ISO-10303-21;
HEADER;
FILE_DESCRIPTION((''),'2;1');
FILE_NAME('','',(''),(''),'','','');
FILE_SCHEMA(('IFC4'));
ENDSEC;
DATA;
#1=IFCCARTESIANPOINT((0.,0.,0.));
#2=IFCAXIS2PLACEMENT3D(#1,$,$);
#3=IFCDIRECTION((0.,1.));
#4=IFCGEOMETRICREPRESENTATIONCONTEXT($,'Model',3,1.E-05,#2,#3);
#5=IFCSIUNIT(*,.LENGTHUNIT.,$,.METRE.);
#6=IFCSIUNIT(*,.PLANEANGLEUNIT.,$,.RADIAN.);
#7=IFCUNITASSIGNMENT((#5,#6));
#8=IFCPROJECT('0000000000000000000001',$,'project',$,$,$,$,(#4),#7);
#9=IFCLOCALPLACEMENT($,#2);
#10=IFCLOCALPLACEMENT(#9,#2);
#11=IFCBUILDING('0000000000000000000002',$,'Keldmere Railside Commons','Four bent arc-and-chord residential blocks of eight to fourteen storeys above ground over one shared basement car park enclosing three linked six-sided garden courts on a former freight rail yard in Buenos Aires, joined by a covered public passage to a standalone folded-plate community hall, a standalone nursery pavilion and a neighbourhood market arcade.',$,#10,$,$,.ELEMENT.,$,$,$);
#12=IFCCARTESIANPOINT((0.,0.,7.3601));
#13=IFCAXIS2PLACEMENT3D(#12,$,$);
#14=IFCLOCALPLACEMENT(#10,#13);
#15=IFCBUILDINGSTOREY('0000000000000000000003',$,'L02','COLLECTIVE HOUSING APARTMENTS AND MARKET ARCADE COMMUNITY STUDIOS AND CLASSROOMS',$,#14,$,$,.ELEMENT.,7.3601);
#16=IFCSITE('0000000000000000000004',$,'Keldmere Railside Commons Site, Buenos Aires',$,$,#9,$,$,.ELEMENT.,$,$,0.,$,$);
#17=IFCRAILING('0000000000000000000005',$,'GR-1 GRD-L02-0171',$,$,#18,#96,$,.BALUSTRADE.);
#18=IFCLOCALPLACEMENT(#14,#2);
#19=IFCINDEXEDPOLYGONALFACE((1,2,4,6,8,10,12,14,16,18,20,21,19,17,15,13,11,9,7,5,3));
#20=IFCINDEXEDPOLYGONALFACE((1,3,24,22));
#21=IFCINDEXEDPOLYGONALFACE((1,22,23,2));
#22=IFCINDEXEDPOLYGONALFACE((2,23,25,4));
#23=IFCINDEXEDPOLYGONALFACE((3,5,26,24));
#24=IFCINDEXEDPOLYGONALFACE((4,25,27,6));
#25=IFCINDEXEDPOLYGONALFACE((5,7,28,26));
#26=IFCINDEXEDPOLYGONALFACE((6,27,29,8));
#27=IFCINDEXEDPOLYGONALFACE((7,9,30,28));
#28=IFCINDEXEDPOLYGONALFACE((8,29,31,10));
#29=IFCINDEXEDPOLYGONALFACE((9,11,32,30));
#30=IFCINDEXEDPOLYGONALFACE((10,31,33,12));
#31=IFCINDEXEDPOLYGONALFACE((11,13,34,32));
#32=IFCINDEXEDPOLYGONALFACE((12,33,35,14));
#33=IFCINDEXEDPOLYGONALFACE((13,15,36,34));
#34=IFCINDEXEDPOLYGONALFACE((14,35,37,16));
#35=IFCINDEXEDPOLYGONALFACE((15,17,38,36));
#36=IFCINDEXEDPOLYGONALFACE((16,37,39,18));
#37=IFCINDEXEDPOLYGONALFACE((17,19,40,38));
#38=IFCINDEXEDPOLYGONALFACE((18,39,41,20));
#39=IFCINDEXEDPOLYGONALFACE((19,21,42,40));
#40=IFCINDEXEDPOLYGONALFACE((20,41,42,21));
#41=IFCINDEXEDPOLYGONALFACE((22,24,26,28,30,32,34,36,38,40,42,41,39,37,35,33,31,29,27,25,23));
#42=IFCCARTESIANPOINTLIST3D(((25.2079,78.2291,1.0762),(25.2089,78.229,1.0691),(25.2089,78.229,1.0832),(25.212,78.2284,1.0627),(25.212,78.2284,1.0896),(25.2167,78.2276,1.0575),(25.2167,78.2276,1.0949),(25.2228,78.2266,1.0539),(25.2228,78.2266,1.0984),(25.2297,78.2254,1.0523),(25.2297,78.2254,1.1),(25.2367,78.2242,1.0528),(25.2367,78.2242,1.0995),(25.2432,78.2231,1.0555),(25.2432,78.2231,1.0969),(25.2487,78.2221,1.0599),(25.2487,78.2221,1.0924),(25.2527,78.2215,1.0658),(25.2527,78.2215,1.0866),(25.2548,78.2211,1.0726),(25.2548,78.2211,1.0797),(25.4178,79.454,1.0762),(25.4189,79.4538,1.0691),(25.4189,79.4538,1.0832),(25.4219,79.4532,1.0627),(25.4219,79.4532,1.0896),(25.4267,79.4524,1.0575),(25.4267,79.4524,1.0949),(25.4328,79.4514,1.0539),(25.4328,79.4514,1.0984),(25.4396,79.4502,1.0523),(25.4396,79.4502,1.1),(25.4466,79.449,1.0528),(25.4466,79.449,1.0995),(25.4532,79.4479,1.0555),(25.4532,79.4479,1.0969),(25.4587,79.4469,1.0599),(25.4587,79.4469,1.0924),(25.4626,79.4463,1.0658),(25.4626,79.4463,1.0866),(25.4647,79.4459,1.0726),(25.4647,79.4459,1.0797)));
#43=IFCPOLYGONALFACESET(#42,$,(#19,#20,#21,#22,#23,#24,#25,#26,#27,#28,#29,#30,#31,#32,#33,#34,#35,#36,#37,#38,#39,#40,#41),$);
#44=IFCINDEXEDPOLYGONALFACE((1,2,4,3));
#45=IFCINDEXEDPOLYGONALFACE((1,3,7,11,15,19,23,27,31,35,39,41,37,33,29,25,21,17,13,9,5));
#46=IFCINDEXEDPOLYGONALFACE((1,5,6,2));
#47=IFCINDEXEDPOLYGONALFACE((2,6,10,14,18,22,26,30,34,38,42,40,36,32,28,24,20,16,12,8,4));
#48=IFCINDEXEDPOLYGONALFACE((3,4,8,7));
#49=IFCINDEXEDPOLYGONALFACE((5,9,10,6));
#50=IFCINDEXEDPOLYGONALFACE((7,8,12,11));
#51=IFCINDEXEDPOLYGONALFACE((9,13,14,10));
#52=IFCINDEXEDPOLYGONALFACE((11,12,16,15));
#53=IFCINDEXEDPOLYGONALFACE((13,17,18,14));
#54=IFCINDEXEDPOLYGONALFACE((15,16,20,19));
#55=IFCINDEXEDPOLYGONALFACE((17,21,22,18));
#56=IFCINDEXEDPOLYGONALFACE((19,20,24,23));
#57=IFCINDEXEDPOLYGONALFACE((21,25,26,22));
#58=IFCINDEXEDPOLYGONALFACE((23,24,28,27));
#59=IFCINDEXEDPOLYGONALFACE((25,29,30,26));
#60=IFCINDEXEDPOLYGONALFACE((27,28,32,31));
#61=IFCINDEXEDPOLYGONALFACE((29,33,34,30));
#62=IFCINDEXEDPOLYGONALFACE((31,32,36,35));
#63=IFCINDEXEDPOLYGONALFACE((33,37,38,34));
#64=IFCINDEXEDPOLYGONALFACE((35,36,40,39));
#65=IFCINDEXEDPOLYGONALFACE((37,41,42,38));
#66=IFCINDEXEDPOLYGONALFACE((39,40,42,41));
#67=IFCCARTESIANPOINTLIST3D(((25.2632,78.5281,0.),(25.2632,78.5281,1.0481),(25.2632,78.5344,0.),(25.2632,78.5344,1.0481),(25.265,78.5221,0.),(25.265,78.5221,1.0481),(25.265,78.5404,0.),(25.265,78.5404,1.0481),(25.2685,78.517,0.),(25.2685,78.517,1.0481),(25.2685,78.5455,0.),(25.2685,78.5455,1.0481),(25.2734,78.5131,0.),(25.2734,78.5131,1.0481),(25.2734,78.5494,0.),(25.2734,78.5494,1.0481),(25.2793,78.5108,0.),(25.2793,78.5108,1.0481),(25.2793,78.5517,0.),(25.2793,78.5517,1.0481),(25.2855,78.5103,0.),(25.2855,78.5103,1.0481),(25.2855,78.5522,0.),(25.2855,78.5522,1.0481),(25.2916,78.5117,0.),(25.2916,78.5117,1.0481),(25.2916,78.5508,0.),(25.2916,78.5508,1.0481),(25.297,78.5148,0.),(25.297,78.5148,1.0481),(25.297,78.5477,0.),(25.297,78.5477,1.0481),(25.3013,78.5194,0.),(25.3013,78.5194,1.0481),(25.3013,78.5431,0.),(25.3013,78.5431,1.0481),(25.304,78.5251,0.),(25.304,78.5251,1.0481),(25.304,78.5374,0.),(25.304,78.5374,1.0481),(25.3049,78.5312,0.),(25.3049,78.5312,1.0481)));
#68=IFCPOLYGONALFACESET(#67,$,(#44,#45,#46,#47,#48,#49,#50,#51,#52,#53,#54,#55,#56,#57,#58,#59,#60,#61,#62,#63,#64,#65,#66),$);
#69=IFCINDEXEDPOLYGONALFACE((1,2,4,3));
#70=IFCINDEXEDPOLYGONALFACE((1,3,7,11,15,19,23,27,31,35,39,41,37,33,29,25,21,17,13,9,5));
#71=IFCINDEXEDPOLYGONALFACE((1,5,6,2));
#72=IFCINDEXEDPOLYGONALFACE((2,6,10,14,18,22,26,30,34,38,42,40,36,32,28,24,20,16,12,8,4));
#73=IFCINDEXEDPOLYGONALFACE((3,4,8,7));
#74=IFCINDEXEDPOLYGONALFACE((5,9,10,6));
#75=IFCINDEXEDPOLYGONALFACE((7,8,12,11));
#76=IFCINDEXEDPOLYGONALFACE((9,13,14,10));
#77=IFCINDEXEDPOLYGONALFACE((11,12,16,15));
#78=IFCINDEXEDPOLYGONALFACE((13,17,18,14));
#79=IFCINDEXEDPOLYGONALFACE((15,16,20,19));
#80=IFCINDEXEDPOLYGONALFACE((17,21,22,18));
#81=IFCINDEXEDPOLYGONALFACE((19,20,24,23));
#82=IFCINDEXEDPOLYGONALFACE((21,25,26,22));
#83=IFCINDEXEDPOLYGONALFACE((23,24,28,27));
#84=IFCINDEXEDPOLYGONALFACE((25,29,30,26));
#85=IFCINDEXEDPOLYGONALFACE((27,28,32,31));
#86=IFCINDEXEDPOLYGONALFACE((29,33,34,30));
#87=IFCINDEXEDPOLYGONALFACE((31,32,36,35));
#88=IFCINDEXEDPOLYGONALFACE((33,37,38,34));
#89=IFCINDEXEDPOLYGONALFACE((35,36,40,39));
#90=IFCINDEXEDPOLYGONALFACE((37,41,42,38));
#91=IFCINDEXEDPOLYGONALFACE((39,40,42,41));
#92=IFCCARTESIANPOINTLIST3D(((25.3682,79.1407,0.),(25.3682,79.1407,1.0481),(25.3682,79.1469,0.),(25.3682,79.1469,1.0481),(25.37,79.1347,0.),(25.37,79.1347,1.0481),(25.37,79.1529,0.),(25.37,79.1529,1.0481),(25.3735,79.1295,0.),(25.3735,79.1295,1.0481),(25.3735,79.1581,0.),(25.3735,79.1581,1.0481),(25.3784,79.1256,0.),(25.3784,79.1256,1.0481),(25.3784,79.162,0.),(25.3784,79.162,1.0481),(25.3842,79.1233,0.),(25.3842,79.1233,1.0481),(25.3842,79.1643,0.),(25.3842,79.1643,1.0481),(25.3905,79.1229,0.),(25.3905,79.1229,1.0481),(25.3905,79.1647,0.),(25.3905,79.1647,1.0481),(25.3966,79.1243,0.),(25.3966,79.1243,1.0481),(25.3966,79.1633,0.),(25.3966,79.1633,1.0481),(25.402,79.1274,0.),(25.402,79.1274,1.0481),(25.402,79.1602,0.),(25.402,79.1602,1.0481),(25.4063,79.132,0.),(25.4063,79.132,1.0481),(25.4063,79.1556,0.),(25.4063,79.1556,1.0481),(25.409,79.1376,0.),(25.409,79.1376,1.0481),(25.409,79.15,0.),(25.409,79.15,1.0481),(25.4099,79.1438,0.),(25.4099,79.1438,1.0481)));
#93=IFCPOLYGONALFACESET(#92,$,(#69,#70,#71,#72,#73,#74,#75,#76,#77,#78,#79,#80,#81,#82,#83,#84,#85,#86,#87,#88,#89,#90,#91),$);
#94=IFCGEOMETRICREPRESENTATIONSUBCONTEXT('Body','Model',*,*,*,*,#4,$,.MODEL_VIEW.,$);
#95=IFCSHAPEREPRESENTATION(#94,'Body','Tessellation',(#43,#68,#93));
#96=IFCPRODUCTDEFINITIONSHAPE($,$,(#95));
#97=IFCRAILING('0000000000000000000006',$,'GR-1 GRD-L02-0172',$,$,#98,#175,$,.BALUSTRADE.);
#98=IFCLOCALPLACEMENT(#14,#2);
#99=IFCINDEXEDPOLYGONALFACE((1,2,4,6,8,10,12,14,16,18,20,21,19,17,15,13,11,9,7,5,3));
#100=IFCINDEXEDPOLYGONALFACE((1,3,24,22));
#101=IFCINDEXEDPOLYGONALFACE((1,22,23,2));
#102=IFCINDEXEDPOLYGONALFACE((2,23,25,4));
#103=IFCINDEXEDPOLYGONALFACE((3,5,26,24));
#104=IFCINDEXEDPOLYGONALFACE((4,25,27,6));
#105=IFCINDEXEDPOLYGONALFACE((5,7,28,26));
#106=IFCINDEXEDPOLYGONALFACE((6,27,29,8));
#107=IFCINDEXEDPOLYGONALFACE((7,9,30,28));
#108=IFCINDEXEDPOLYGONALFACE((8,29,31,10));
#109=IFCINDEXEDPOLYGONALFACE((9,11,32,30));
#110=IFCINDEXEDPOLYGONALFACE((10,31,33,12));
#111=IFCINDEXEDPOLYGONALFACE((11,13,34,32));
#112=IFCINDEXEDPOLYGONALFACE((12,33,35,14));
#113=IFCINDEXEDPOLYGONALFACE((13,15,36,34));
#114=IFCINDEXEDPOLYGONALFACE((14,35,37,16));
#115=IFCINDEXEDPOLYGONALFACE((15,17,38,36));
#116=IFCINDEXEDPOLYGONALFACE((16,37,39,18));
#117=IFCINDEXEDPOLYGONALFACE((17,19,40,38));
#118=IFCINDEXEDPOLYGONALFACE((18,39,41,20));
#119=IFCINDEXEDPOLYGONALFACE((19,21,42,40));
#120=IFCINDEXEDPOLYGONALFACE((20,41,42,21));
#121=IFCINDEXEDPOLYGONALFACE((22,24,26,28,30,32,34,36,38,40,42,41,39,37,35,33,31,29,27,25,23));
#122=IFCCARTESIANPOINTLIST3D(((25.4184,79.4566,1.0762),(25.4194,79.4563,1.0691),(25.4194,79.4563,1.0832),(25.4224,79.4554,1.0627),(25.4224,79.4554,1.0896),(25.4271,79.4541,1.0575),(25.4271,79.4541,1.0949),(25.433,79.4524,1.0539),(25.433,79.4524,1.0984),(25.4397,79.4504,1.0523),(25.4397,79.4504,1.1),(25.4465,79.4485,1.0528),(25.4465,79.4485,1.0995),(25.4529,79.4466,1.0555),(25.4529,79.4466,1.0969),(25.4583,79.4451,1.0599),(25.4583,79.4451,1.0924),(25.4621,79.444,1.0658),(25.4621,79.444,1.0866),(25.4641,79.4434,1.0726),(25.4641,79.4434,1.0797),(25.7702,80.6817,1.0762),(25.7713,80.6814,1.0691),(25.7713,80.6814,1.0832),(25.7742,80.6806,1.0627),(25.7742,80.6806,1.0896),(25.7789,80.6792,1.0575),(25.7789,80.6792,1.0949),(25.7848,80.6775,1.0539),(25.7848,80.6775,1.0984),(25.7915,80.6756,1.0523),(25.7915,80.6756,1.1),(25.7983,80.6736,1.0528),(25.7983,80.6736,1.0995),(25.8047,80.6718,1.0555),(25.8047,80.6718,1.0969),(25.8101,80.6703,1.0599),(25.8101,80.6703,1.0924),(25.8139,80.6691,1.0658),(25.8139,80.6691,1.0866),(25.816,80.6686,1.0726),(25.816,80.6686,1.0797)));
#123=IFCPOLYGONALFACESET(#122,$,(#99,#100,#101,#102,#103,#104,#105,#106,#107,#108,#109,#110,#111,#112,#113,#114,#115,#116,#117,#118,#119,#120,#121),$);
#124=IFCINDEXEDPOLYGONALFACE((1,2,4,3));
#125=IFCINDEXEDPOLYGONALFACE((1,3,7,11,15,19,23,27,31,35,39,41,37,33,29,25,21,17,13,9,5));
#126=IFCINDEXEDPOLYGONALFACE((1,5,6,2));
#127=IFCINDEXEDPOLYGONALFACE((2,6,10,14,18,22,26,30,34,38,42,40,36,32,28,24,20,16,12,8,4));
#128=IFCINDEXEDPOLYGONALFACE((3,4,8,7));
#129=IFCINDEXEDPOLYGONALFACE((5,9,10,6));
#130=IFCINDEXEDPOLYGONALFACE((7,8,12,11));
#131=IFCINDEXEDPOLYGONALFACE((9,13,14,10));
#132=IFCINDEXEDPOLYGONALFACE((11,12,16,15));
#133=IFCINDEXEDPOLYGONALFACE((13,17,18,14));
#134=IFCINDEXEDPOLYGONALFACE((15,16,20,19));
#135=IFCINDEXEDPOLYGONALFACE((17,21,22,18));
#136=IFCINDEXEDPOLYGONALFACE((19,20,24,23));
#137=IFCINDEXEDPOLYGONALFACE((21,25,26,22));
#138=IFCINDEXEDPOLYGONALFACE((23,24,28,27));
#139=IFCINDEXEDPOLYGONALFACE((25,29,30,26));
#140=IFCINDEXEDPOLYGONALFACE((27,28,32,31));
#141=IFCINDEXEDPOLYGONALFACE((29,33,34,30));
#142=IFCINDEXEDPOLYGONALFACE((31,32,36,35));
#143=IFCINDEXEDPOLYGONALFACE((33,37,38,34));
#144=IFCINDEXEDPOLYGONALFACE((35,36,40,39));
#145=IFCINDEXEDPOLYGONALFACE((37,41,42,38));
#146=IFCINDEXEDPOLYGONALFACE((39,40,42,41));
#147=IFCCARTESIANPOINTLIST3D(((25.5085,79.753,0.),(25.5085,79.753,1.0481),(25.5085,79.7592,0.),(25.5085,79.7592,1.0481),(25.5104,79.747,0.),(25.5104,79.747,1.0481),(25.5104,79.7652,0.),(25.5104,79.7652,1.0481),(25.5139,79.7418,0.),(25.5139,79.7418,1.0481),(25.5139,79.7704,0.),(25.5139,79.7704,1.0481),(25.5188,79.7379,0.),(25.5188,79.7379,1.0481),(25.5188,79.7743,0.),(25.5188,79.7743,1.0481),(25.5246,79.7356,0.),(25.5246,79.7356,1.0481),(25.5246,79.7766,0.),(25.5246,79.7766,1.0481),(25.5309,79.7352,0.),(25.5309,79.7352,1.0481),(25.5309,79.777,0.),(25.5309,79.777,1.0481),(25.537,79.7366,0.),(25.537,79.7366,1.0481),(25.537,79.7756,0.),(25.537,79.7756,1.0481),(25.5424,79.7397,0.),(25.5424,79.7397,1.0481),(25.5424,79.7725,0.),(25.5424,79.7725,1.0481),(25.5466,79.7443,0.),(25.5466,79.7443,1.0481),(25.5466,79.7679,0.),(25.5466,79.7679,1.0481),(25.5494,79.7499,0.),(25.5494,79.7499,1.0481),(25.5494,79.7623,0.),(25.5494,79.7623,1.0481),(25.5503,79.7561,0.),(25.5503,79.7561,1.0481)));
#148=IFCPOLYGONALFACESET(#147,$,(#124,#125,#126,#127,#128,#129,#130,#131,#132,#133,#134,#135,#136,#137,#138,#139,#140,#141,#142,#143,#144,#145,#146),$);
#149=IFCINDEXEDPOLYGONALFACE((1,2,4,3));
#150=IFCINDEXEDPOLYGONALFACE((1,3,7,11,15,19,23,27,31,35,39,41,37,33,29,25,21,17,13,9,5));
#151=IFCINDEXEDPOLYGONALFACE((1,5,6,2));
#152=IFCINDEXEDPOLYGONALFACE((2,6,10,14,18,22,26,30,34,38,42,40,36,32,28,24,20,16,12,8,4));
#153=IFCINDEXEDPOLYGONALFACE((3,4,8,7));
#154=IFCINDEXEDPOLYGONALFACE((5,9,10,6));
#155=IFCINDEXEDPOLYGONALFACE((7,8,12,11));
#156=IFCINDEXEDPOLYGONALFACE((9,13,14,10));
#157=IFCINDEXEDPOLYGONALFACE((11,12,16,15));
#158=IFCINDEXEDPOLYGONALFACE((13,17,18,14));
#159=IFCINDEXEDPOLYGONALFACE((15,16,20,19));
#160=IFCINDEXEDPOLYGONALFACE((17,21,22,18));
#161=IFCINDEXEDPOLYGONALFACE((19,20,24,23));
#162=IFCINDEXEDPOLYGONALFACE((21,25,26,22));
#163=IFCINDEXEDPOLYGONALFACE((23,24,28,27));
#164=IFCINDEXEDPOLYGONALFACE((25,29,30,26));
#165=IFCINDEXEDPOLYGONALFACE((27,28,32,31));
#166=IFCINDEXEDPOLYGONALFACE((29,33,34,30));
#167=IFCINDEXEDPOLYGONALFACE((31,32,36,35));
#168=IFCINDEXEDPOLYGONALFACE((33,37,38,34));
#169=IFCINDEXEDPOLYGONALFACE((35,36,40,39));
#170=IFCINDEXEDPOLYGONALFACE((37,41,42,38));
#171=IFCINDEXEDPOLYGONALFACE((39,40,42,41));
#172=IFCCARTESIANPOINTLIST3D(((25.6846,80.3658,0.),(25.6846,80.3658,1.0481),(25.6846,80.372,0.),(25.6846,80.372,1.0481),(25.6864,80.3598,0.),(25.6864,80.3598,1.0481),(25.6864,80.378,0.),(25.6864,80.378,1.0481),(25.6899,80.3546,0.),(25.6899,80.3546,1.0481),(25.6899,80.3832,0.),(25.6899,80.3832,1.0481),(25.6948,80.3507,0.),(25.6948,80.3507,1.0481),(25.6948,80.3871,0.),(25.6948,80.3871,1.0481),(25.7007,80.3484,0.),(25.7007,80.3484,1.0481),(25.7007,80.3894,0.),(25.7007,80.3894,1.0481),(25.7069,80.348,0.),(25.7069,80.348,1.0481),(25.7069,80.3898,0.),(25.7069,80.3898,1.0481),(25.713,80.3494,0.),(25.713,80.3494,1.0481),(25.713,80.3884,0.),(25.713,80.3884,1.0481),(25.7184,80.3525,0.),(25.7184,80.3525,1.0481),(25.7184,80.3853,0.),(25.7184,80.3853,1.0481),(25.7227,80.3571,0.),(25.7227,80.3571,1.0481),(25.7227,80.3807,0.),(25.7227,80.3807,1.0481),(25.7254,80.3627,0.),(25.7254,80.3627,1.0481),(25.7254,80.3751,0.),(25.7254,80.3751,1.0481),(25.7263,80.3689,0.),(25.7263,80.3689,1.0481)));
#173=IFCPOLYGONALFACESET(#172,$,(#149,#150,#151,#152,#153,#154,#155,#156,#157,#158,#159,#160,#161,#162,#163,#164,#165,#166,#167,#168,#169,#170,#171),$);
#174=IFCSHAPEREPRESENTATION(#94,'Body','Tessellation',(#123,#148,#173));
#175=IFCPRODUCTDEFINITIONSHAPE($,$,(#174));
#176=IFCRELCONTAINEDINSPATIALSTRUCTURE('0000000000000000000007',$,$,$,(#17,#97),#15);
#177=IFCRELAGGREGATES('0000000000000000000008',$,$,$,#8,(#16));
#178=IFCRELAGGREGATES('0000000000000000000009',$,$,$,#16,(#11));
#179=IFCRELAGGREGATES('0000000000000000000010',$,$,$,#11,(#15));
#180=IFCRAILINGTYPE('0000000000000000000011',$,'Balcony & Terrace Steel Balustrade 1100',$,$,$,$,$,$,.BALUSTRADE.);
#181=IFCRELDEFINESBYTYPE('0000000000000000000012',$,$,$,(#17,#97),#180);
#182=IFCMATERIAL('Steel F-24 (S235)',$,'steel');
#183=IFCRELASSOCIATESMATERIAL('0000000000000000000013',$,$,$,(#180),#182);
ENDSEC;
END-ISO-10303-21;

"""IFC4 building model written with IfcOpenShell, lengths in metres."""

from ifc_helpers import new_model, si_unit, direction, frame, origin, origin_2d, place, context, subcontext, project, spatial, circle, extrude, material, type_object, element, save


model = new_model("IFC4")

# Units and contexts
model_context = context("Model", 3, precision=1e-05, world=origin(), true_north=direction((0.0, 1.0)))
body_context = subcontext(model_context, "Body", "Model", "MODEL_VIEW")
ifc_project = project(units=[si_unit("LENGTHUNIT", "METRE"), si_unit("PLANEANGLEUNIT", "RADIAN")], contexts=[model_context])

# Site, building, storey
site_placement = place(None, origin())
site = spatial("IfcSite", under=ifc_project, at=site_placement, Name="Keldmere Railside Commons Site, Buenos Aires", CompositionType="ELEMENT", RefElevation=0.0)
building_placement = place(site_placement, origin())
building = spatial("IfcBuilding", under=site, at=building_placement, Name="Keldmere Railside Commons", Description="Four bent arc-and-chord residential blocks of eight to fourteen storeys above ground over one shared basement car park enclosing three linked six-sided garden courts on a former freight rail yard in Buenos Aires, joined by a covered public passage to a standalone folded-plate community hall, a standalone nursery pavilion and a neighbourhood market arcade.", CompositionType="ELEMENT")
storey_placement = place(building_placement, frame((0.0, 0.0, 7.3601)))
storey = spatial("IfcBuildingStorey", under=building, at=storey_placement, Name="L02", Description="COLLECTIVE HOUSING APARTMENTS AND MARKET ARCADE COMMUNITY STUDIOS AND CLASSROOMS", CompositionType="ELEMENT", Elevation=7.3601)

# Railings
ifc_material_1 = material(Name="Steel F-24 (S235)", Category="steel")
railing_type = type_object("IfcRailingType", Name="Balcony & Terrace Steel Balustrade 1100", PredefinedType="BALUSTRADE", material=ifc_material_1)
railing_1_placement = place(storey_placement, frame((25.2314, 78.2251, 0.0)))
element("IfcRailing", 1, at=railing_1_placement, inside=storey, type_object=railing_type, Name="GR-1 GRD-L02-0171", PredefinedType="BALUSTRADE", context=body_context, shape_type="SweptSolid", body=[
    extrude(circle(Radius=0.0239, at=origin_2d()), frame((0.0, 0.0, 1.0762), z_axis=(0.168953, 0.985624, 0.0), x_axis=(-0.985624, 0.168953, 0.0)), (0.0, 0.0, 1.0), 1.2427),
    extrude(circle(Radius=0.021, at=origin_2d()), frame((0.0525, 0.3062, 0.0)), (0.0, 0.0, 1.0), 1.0481),
    extrude(circle(Radius=0.021, at=origin_2d()), frame((0.1575, 0.9187, 0.0)), (0.0, 0.0, 1.0), 1.0481),
])
railing_2_placement = place(storey_placement, frame((25.4414, 79.45, 0.0)))
element("IfcRailing", 2, at=railing_2_placement, inside=storey, type_object=railing_type, Name="GR-1 GRD-L02-0172", PredefinedType="BALUSTRADE", context=body_context, shape_type="SweptSolid", body=[
    extrude(circle(Radius=0.0239, at=origin_2d()), frame((0.0, 0.0, 1.0762), z_axis=(0.276011, 0.961154, 0.0), x_axis=(-0.961154, 0.276011, 0.0)), (0.0, 0.0, 1.0), 1.2747),
    extrude(circle(Radius=0.021, at=origin_2d()), frame((0.0879, 0.3062, 0.0)), (0.0, 0.0, 1.0), 1.0481),
    extrude(circle(Radius=0.021, at=origin_2d()), frame((0.2639, 0.9189, 0.0)), (0.0, 0.0, 1.0), 1.0481),
])

save(model, "model.ifc")
